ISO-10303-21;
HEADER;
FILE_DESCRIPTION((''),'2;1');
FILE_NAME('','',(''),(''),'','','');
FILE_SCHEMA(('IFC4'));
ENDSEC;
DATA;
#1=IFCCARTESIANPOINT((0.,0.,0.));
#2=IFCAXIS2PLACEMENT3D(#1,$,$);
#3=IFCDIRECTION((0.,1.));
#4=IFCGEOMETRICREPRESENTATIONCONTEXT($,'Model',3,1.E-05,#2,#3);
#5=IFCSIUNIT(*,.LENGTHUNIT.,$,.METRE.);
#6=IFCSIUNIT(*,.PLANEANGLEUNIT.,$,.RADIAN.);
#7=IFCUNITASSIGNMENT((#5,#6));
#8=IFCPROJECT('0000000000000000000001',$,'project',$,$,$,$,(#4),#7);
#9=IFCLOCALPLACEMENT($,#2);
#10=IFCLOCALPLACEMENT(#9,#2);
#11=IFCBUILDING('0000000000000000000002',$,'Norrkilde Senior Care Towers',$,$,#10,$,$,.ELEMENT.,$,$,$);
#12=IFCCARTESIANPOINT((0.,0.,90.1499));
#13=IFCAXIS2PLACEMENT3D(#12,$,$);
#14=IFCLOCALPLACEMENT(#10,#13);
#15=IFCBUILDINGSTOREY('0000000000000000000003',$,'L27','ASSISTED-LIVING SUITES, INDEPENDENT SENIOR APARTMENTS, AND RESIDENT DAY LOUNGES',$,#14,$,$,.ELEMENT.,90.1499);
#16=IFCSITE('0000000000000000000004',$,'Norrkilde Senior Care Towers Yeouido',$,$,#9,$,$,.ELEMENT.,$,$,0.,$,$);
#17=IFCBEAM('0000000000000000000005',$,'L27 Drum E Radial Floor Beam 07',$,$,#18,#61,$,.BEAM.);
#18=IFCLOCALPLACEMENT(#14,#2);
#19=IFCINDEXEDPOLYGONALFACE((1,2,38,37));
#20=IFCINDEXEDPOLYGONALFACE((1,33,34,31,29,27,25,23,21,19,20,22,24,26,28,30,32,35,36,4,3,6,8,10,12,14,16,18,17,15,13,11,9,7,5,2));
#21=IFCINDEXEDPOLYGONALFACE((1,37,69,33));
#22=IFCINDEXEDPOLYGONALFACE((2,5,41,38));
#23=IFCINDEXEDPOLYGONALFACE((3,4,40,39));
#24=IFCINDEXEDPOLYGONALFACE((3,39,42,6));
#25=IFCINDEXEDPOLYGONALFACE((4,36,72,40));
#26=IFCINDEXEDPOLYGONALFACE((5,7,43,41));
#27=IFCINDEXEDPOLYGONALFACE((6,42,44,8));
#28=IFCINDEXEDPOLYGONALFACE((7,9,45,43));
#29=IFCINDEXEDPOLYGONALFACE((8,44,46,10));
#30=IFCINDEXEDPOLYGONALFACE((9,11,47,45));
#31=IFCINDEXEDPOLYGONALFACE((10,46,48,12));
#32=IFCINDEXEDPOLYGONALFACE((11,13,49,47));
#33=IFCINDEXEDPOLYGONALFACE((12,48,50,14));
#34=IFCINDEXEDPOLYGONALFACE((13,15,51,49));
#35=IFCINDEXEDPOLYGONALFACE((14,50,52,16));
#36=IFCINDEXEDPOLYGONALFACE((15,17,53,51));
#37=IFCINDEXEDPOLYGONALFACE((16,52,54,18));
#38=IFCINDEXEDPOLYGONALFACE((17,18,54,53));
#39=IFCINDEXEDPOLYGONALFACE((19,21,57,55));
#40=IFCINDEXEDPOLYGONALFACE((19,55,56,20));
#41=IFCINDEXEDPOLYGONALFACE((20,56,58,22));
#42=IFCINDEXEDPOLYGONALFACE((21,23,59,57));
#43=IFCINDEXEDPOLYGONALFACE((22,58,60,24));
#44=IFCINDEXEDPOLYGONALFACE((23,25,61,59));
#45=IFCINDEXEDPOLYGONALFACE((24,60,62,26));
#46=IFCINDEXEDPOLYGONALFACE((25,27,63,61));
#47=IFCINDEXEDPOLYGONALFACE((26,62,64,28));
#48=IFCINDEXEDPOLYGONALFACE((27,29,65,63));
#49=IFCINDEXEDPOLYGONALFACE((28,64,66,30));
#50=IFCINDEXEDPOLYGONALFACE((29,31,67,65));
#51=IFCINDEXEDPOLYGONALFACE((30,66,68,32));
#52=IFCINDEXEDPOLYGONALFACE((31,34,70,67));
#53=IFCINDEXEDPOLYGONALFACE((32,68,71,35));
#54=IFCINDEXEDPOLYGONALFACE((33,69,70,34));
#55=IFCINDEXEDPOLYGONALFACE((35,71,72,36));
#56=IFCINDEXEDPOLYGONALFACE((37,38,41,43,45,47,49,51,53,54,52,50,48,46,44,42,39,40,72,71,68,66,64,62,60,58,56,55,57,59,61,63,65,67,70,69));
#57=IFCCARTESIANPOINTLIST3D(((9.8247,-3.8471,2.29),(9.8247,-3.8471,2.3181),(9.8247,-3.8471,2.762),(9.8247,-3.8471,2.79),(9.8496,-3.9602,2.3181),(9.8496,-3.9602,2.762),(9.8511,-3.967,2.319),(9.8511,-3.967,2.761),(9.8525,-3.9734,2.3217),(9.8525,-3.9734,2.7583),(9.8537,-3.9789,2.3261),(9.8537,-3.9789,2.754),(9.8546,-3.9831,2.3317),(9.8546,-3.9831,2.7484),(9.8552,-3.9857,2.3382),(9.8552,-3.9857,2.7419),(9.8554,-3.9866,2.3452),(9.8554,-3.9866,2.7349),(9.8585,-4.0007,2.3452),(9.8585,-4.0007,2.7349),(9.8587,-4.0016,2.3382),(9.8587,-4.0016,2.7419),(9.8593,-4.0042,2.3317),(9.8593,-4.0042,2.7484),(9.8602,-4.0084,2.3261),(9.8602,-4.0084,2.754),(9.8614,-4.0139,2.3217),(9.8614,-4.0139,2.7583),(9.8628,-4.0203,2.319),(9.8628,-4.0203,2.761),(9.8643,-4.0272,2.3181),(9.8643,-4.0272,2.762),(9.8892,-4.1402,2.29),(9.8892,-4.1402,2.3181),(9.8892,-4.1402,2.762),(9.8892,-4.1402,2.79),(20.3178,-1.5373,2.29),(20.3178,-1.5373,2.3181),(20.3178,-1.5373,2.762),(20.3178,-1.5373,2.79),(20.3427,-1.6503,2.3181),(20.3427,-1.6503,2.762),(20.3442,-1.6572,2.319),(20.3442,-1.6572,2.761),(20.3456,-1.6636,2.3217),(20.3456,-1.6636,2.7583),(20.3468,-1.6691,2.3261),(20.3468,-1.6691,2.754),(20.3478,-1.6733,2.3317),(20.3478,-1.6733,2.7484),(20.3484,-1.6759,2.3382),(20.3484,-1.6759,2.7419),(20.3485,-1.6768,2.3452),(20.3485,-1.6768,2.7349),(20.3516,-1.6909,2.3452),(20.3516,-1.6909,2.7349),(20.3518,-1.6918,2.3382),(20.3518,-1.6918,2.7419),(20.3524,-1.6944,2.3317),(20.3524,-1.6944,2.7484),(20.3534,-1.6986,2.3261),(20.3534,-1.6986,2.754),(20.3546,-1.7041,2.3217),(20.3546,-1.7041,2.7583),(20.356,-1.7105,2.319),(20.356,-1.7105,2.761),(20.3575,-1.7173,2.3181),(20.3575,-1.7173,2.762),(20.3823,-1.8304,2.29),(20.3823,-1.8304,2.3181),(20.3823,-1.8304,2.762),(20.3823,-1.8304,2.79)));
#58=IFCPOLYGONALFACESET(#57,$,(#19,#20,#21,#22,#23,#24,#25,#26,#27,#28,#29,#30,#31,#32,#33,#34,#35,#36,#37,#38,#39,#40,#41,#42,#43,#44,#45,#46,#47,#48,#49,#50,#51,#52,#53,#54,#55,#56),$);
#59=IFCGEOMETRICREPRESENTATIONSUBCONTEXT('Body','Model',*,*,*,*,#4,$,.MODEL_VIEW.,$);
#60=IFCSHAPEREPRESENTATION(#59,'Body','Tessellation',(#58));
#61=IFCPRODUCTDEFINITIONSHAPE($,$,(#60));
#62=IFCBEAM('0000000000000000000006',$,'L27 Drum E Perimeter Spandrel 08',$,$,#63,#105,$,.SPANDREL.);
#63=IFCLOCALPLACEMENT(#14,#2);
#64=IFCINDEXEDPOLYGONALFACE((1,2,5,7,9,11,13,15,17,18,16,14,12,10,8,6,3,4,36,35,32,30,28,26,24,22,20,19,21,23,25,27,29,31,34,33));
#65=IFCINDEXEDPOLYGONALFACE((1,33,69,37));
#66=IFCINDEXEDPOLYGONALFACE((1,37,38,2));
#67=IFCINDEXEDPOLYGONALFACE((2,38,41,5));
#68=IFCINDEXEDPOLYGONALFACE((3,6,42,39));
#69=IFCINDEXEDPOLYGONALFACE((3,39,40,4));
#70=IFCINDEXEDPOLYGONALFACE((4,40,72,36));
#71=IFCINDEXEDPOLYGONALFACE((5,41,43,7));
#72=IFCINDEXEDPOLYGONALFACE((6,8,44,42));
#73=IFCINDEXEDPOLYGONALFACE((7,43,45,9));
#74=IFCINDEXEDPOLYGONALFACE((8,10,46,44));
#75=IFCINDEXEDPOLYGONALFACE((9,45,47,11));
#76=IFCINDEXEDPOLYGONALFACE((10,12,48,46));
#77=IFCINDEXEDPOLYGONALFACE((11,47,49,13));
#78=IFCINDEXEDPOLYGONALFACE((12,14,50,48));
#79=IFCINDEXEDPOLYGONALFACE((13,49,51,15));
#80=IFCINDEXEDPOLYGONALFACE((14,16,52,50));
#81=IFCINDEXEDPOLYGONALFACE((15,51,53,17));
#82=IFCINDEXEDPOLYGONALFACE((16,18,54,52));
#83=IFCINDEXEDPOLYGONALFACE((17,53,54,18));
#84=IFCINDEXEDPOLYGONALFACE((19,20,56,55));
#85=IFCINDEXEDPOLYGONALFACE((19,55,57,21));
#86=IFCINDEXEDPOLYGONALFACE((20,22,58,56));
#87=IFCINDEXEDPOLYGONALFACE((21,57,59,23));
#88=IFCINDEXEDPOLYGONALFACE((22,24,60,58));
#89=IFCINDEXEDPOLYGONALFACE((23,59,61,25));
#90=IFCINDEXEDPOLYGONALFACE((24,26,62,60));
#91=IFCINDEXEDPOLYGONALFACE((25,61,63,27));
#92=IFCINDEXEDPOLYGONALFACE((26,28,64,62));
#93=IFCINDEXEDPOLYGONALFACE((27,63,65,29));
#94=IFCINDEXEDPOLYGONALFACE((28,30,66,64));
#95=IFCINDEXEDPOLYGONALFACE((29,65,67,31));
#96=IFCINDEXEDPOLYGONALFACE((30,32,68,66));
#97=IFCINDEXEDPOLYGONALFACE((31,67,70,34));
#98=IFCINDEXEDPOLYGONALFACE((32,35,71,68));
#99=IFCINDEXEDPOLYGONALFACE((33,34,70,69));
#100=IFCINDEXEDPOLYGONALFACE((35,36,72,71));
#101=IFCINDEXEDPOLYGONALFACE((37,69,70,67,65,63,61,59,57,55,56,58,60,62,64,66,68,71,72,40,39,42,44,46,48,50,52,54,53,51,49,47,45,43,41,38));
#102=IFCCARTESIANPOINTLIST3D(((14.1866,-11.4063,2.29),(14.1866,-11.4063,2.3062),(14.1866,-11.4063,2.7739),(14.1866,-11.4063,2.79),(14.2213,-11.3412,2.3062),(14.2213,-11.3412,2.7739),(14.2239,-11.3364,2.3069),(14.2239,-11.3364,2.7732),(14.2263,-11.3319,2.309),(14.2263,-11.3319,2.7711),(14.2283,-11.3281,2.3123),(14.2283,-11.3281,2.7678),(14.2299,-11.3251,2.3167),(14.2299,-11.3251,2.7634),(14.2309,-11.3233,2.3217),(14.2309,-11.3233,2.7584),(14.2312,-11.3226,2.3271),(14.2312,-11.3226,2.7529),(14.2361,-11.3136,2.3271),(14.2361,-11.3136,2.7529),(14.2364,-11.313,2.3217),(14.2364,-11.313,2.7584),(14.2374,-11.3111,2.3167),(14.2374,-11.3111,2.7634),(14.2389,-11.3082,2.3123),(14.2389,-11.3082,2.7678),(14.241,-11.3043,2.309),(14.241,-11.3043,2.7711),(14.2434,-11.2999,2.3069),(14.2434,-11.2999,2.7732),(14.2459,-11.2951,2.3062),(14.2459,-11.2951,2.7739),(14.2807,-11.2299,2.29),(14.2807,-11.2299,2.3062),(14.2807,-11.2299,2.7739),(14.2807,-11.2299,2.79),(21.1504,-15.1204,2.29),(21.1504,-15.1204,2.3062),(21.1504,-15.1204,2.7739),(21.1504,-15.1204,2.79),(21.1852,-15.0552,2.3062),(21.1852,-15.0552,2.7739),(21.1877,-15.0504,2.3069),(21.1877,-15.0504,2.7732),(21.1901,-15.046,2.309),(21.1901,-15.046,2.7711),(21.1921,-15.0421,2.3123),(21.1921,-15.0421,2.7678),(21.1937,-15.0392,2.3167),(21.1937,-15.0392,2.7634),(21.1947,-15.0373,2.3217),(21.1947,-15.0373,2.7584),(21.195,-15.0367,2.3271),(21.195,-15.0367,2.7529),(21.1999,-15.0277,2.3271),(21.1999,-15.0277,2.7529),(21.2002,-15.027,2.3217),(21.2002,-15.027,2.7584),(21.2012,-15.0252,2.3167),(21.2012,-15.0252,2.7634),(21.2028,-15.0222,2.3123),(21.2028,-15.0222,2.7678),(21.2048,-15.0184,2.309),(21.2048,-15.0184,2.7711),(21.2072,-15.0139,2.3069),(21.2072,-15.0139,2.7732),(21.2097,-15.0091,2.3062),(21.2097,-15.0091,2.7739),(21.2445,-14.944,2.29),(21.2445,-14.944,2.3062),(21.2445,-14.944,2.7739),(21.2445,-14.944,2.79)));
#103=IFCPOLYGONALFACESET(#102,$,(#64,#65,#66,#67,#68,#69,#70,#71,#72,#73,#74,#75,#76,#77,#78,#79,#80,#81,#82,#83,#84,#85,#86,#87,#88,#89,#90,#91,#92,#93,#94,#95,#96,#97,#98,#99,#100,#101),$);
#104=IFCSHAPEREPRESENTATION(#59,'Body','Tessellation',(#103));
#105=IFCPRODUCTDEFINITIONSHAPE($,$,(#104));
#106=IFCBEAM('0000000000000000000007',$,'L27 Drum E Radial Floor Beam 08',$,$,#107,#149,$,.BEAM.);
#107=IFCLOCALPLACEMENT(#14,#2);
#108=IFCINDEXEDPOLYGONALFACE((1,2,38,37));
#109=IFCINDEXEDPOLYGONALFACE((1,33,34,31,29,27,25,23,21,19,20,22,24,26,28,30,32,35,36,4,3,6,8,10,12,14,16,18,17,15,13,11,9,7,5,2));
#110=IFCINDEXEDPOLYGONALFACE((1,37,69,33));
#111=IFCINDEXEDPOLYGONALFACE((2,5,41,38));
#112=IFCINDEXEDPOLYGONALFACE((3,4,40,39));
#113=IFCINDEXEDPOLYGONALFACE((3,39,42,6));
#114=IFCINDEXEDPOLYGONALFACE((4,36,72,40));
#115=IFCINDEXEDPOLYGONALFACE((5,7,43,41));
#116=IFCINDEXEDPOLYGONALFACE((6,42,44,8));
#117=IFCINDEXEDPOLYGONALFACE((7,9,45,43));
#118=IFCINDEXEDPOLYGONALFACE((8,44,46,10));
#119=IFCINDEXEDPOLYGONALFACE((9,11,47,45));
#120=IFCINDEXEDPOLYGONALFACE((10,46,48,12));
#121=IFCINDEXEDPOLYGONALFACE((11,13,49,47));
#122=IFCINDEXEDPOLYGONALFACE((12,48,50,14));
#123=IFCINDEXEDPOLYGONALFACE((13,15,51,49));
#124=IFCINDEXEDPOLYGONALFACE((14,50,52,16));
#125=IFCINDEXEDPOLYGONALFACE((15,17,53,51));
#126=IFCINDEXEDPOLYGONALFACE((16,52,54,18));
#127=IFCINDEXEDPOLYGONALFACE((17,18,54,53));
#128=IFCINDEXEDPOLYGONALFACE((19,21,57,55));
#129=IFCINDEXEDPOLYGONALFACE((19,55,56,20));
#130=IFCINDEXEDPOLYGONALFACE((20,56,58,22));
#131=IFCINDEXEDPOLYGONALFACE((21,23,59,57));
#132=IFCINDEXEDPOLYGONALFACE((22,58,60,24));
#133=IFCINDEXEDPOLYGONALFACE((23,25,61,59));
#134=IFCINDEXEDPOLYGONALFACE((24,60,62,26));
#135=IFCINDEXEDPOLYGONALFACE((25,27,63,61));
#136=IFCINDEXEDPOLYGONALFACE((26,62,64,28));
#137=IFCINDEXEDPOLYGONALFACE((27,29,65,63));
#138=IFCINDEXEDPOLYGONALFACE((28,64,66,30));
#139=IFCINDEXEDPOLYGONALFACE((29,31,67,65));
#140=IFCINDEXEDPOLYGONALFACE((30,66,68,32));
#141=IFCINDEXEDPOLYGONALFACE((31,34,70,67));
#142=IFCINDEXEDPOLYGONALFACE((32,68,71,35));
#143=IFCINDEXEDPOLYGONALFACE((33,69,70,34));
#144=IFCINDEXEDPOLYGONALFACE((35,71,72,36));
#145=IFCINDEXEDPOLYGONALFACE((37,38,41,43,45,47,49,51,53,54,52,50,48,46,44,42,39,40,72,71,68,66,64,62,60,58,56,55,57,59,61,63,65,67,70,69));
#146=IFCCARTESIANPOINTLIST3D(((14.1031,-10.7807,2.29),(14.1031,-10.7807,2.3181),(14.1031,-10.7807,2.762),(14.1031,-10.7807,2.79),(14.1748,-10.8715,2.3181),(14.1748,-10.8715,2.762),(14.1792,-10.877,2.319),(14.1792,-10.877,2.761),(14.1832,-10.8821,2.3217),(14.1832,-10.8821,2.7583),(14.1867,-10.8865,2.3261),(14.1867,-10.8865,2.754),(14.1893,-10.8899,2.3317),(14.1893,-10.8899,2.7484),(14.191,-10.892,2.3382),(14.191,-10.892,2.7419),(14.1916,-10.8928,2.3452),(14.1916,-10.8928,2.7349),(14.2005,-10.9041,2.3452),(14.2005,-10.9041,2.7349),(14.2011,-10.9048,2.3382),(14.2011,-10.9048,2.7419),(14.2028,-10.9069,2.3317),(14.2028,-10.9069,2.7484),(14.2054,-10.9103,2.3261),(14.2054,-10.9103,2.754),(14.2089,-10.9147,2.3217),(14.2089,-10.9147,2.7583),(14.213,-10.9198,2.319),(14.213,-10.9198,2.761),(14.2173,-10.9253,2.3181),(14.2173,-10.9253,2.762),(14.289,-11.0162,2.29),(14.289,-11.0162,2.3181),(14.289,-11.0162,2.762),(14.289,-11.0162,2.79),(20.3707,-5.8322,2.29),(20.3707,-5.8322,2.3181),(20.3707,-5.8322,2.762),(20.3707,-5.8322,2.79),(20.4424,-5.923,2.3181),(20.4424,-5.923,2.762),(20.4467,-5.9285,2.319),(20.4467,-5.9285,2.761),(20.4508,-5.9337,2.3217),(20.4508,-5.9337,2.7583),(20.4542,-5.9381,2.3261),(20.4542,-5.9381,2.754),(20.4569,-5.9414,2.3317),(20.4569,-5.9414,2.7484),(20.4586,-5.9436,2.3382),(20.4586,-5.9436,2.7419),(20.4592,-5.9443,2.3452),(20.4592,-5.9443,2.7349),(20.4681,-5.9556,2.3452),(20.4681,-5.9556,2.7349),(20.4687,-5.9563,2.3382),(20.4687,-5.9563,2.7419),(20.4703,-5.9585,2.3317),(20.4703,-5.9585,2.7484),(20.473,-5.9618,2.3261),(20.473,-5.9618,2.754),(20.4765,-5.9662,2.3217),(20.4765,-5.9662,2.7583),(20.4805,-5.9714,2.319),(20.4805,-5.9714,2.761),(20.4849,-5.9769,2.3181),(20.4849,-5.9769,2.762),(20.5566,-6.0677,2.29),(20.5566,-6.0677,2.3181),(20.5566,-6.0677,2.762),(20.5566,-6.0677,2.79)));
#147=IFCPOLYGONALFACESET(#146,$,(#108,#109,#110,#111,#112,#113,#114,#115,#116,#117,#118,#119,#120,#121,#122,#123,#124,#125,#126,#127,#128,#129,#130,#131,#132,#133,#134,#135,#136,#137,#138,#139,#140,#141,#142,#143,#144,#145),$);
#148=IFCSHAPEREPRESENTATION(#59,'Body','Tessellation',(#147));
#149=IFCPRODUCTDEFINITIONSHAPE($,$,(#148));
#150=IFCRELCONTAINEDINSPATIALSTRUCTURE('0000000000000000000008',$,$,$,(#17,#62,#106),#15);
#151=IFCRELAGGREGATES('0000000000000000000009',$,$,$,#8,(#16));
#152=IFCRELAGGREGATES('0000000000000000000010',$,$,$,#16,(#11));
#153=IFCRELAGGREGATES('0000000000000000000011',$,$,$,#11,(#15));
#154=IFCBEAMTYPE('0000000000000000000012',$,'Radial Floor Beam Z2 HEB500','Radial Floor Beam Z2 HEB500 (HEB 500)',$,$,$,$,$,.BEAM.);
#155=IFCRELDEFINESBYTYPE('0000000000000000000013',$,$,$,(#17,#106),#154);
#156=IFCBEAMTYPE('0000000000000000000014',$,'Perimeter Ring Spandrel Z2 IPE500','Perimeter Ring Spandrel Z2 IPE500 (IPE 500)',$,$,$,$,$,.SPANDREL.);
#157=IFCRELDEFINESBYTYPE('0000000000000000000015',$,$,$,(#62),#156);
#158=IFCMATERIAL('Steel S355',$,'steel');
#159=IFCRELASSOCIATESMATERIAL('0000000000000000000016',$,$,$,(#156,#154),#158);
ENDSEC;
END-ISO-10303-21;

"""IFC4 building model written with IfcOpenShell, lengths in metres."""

from ifc_helpers import new_model, si_unit, direction, frame, origin, origin_2d, place, context, subcontext, project, spatial, i_section, extrude, source, transform, mapped, material, material_profile, profile_set, type_object, type_shapes, element, save


model = new_model("IFC4")

# Units and contexts
model_context = context("Model", 3, precision=1e-05, world=origin(), true_north=direction((0.0, 1.0)))
body_context = subcontext(model_context, "Body", "Model", "MODEL_VIEW")
ifc_project = project(units=[si_unit("LENGTHUNIT", "METRE"), si_unit("PLANEANGLEUNIT", "RADIAN")], contexts=[model_context])

# Site, building, storey
site_placement = place(None, origin())
site = spatial("IfcSite", under=ifc_project, at=site_placement, Name="Norrkilde Senior Care Towers Yeouido", CompositionType="ELEMENT", RefElevation=0.0)
building_placement = place(site_placement, origin())
building = spatial("IfcBuilding", under=site, at=building_placement, Name="Norrkilde Senior Care Towers", CompositionType="ELEMENT")
storey_placement = place(building_placement, frame((0.0, 0.0, 90.1499)))
storey = spatial("IfcBuildingStorey", under=building, at=storey_placement, Name="L27", Description="ASSISTED-LIVING SUITES, INDEPENDENT SENIOR APARTMENTS, AND RESIDENT DAY LOUNGES", CompositionType="ELEMENT", Elevation=90.1499)

# Beams
ifc_material_1 = material(Name="Steel S355", Category="steel")
ifc_material_profile_1 = material_profile(ifc_material_1, i_section(OverallWidth=0.2, OverallDepth=0.5, WebThickness=0.0103, FlangeThickness=0.0161, FilletRadius=0.021, at=origin_2d()), Name="IPE 500")
ifc_profile_set_1 = profile_set([ifc_material_profile_1], Name="Steel S355")
beam_type_1 = type_object("IfcBeamType", Name="Perimeter Ring Spandrel Z2 IPE500", Description="Perimeter Ring Spandrel Z2 IPE500 (IPE 500)", PredefinedType="SPANDREL", material=ifc_profile_set_1)
ifc_material_profile_2 = material_profile(ifc_material_1, i_section(OverallWidth=0.3, OverallDepth=0.5, WebThickness=0.0144, FlangeThickness=0.0281, FilletRadius=0.0271, at=origin_2d()), Name="HEB 500")
ifc_profile_set_2 = profile_set([ifc_material_profile_2], Name="Steel S355")
beam_type_2 = type_object("IfcBeamType", Name="Radial Floor Beam Z2 HEB500", Description="Radial Floor Beam Z2 HEB500 (HEB 500)", PredefinedType="BEAM", material=ifc_profile_set_2)
shared_shape_1 = source(origin(), body_context, "Body", "SweptSolid", [
    extrude(i_section(OverallWidth=0.3, OverallDepth=0.5, WebThickness=0.0144, FlangeThickness=0.0281, FilletRadius=0.0271, at=origin_2d()), origin(), (0.0, 0.0, 1.0), 10.7444),
])
beam_1_placement = place(storey_placement, frame((20.3501, -1.6838, 2.54), z_axis=(-0.976619, -0.214979, 0.0), x_axis=(0.214979, -0.976619, 0.0)))
element("IfcBeam", 1, at=beam_1_placement, inside=storey, type_object=beam_type_2, Name="L27 Drum E Radial Floor Beam 07", PredefinedType="BEAM", context=body_context, shape_type="MappedRepresentation", body=[
    mapped(shared_shape_1, transform((0.0, 0.0, 0.0), x_axis=(1.0, 0.0, 0.0), y_axis=(0.0, 1.0, 0.0), z_axis=(0.0, 0.0, 1.0), scale=1.0)),
])
shared_shape_2 = source(origin(), body_context, "Body", "SweptSolid", [
    extrude(i_section(OverallWidth=0.2, OverallDepth=0.5, WebThickness=0.0103, FlangeThickness=0.0161, FilletRadius=0.021, at=origin_2d()), origin(), (0.0, 0.0, 1.0), 7.8923),
])
beam_2_placement = place(storey_placement, frame((14.2336, -11.3181, 2.54), z_axis=(0.88235, -0.470593, 0.0), x_axis=(0.470593, 0.88235, 0.0)))
element("IfcBeam", 2, at=beam_2_placement, inside=storey, type_object=beam_type_1, Name="L27 Drum E Perimeter Spandrel 08", PredefinedType="SPANDREL", context=body_context, shape_type="MappedRepresentation", body=[
    mapped(shared_shape_2, transform((0.0, 0.0, 0.0), x_axis=(1.0, 0.0, 0.0), y_axis=(0.0, 1.0, 0.0), z_axis=(0.0, 0.0, 1.0), scale=1.0)),
])
shared_shape_3 = source(origin(), body_context, "Body", "SweptSolid", [
    extrude(i_section(OverallWidth=0.3, OverallDepth=0.5, WebThickness=0.0144, FlangeThickness=0.0281, FilletRadius=0.0271, at=origin_2d()), origin(), (0.0, 0.0, 1.0), 7.9856),
])
type_shapes(beam_type_2, [shared_shape_1, shared_shape_3])
beam_3_placement = place(storey_placement, frame((20.4636, -5.95, 2.54), z_axis=(-0.784859, -0.619675, 0.0), x_axis=(0.619675, -0.784859, 0.0)))
element("IfcBeam", 3, at=beam_3_placement, inside=storey, type_object=beam_type_2, Name="L27 Drum E Radial Floor Beam 08", PredefinedType="BEAM", context=body_context, shape_type="MappedRepresentation", body=[
    mapped(shared_shape_3, transform((0.0, 0.0, 0.0), x_axis=(1.0, 0.0, 0.0), y_axis=(0.0, 1.0, 0.0), z_axis=(0.0, 0.0, 1.0), scale=1.0)),
])

save(model, "model.ifc")
